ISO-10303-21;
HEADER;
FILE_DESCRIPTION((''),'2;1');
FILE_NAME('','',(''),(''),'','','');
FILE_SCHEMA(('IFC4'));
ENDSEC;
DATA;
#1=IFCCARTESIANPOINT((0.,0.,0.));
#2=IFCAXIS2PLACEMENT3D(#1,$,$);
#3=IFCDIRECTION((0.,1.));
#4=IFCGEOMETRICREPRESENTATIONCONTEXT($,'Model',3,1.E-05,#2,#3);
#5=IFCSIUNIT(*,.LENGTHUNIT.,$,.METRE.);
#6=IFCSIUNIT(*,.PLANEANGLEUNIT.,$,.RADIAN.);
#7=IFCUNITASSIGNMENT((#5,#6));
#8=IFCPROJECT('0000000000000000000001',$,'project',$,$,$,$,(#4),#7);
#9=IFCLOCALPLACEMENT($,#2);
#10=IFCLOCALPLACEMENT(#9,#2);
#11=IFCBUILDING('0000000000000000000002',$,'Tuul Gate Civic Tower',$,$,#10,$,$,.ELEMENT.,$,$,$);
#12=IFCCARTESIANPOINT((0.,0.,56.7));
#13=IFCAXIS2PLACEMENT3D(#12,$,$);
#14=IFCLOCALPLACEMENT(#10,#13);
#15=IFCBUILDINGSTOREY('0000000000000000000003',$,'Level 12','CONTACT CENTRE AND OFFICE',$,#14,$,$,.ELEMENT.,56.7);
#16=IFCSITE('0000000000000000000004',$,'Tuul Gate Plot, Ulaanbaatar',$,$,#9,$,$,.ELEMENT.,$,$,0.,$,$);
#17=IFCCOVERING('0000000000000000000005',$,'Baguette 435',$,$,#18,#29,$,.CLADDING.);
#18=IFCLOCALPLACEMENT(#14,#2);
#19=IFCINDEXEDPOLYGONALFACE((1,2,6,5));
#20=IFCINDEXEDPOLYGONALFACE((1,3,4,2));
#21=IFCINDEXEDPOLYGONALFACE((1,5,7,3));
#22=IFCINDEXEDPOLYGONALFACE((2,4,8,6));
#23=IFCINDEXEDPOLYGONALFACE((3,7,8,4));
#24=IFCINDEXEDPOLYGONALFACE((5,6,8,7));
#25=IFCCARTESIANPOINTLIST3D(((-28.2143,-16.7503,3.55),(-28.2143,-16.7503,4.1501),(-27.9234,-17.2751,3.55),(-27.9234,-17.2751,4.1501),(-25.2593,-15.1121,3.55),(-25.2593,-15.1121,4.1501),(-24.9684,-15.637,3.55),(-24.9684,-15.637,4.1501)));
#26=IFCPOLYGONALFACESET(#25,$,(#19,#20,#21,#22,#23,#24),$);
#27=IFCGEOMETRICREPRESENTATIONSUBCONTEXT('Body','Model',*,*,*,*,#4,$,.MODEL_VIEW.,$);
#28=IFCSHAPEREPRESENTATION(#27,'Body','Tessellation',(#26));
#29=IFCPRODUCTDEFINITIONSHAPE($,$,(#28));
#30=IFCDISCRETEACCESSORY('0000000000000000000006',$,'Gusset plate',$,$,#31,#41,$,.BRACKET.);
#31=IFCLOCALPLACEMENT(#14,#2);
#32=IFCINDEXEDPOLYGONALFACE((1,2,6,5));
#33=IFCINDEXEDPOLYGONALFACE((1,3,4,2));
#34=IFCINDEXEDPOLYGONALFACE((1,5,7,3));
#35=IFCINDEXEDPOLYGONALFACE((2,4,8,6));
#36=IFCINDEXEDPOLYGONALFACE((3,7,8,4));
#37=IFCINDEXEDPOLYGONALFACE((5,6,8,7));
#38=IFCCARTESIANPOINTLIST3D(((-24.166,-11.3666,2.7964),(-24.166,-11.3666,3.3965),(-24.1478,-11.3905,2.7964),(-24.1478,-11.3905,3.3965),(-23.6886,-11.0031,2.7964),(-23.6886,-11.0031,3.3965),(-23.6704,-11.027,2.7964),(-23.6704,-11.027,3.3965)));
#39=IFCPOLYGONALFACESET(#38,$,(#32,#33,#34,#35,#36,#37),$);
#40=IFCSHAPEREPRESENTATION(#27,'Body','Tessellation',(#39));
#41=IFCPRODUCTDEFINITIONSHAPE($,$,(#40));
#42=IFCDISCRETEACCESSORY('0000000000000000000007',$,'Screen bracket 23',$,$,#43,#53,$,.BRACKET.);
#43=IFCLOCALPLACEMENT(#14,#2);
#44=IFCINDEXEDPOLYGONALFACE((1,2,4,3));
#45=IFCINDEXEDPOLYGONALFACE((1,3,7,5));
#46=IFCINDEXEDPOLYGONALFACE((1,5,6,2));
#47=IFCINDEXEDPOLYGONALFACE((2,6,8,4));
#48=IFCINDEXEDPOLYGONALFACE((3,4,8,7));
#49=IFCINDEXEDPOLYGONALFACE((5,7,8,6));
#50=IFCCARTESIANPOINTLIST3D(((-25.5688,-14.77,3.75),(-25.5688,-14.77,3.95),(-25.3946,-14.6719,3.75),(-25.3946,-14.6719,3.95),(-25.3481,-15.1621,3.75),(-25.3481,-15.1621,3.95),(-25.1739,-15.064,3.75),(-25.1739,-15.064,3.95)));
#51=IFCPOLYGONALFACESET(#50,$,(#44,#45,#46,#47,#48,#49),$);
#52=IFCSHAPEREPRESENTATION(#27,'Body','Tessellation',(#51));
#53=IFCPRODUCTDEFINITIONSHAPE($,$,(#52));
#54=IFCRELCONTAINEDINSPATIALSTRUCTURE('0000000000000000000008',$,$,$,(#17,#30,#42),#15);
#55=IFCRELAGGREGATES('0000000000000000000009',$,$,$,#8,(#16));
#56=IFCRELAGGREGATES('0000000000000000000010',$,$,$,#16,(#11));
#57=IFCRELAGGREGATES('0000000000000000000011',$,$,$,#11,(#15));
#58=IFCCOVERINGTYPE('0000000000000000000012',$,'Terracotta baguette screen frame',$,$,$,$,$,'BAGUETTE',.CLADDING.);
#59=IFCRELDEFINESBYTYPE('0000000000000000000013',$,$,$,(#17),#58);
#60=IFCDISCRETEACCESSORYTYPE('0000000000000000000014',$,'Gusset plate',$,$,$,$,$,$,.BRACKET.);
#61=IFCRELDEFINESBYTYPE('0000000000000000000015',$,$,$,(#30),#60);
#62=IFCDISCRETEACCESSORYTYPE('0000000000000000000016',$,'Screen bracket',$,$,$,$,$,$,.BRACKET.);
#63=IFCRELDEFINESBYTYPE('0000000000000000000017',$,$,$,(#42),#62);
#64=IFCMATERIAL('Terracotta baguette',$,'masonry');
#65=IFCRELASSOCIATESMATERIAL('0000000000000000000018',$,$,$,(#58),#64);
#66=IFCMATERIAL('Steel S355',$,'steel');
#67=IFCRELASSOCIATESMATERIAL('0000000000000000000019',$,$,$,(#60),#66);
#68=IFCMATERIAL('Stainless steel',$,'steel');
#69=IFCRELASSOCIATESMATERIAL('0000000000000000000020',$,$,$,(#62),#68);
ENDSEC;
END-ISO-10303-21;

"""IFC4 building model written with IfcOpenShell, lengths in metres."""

from ifc_helpers import new_model, si_unit, direction, frame, origin, origin_2d, place, context, subcontext, project, spatial, rectangle, extrude, material, material_profile, profile_set, type_object, element, save


model = new_model("IFC4")

# Units and contexts
model_context = context("Model", 3, precision=1e-05, world=origin(), true_north=direction((0.0, 1.0)))
body_context = subcontext(model_context, "Body", "Model", "MODEL_VIEW")
ifc_project = project(units=[si_unit("LENGTHUNIT", "METRE"), si_unit("PLANEANGLEUNIT", "RADIAN")], contexts=[model_context])

# Site, building, storey
site_placement = place(None, origin())
site = spatial("IfcSite", under=ifc_project, at=site_placement, Name="Tuul Gate Plot, Ulaanbaatar", CompositionType="ELEMENT", RefElevation=0.0)
building_placement = place(site_placement, origin())
building = spatial("IfcBuilding", under=site, at=building_placement, Name="Tuul Gate Civic Tower", CompositionType="ELEMENT")
storey_placement = place(building_placement, frame((0.0, 0.0, 56.7)))
storey = spatial("IfcBuildingStorey", under=building, at=storey_placement, Name="Level 12", Description="CONTACT CENTRE AND OFFICE", CompositionType="ELEMENT", Elevation=56.7)

# Covering
ifc_material_1 = material(Name="Terracotta baguette", Category="masonry")
ifc_material_profile_1 = material_profile(ifc_material_1, rectangle(XDim=0.6001, YDim=0.6001, at=origin_2d()), Name="Terracotta baguette screen frame")
ifc_profile_set_1 = profile_set([ifc_material_profile_1], Name="Terracotta baguette")
covering_type = type_object("IfcCoveringType", Name="Terracotta baguette screen frame", ElementType="BAGUETTE", PredefinedType="CLADDING", material=ifc_profile_set_1)
covering_1_placement = place(storey_placement, frame((-28.0688, -17.0127, 3.8501), z_axis=(0.8746, 0.484845, 0.0), x_axis=(-0.484845, 0.8746, 0.0)))
element("IfcCovering", 1, at=covering_1_placement, inside=storey, type_object=covering_type, Name="Baguette 435", PredefinedType="CLADDING", context=body_context, shape_type="SweptSolid", body=[
    extrude(rectangle(XDim=0.6001, YDim=0.6001, at=origin_2d()), origin(), (0.0, 0.0, 1.0), 3.3787),
])

# Discrete accessories
ifc_material_2 = material(Name="Steel S355", Category="steel")
discrete_accessory_type_1 = type_object("IfcDiscreteAccessoryType", Name="Gusset plate", PredefinedType="BRACKET", material=ifc_material_2)
discrete_accessory_1_placement = place(storey_placement, frame((-23.9182, -11.1968, 2.7964), z_axis=(0.0, 0.0, 1.0), x_axis=(-0.795616, -0.605801, 0.0)))
element("IfcDiscreteAccessory", 2, at=discrete_accessory_1_placement, inside=storey, type_object=discrete_accessory_type_1, Name="Gusset plate", PredefinedType="BRACKET", context=body_context, shape_type="SweptSolid", body=[
    extrude(rectangle(XDim=0.6001, YDim=0.03, at=origin_2d()), origin(), (0.0, 0.0, 1.0), 0.6001),
])
ifc_material_3 = material(Name="Stainless steel", Category="steel")
discrete_accessory_type_2 = type_object("IfcDiscreteAccessoryType", Name="Screen bracket", PredefinedType="BRACKET", material=ifc_material_3)
discrete_accessory_2_placement = place(storey_placement, frame((-25.3713, -14.917, 3.75), z_axis=(0.0, 0.0, 1.0), x_axis=(0.490455, -0.871466, 0.0)))
element("IfcDiscreteAccessory", 3, at=discrete_accessory_2_placement, inside=storey, type_object=discrete_accessory_type_2, Name="Screen bracket 23", PredefinedType="BRACKET", context=body_context, shape_type="SweptSolid", body=[
    extrude(rectangle(XDim=0.45, YDim=0.2, at=origin_2d()), origin(), (0.0, 0.0, 1.0), 0.2),
])

save(model, "model.ifc")
